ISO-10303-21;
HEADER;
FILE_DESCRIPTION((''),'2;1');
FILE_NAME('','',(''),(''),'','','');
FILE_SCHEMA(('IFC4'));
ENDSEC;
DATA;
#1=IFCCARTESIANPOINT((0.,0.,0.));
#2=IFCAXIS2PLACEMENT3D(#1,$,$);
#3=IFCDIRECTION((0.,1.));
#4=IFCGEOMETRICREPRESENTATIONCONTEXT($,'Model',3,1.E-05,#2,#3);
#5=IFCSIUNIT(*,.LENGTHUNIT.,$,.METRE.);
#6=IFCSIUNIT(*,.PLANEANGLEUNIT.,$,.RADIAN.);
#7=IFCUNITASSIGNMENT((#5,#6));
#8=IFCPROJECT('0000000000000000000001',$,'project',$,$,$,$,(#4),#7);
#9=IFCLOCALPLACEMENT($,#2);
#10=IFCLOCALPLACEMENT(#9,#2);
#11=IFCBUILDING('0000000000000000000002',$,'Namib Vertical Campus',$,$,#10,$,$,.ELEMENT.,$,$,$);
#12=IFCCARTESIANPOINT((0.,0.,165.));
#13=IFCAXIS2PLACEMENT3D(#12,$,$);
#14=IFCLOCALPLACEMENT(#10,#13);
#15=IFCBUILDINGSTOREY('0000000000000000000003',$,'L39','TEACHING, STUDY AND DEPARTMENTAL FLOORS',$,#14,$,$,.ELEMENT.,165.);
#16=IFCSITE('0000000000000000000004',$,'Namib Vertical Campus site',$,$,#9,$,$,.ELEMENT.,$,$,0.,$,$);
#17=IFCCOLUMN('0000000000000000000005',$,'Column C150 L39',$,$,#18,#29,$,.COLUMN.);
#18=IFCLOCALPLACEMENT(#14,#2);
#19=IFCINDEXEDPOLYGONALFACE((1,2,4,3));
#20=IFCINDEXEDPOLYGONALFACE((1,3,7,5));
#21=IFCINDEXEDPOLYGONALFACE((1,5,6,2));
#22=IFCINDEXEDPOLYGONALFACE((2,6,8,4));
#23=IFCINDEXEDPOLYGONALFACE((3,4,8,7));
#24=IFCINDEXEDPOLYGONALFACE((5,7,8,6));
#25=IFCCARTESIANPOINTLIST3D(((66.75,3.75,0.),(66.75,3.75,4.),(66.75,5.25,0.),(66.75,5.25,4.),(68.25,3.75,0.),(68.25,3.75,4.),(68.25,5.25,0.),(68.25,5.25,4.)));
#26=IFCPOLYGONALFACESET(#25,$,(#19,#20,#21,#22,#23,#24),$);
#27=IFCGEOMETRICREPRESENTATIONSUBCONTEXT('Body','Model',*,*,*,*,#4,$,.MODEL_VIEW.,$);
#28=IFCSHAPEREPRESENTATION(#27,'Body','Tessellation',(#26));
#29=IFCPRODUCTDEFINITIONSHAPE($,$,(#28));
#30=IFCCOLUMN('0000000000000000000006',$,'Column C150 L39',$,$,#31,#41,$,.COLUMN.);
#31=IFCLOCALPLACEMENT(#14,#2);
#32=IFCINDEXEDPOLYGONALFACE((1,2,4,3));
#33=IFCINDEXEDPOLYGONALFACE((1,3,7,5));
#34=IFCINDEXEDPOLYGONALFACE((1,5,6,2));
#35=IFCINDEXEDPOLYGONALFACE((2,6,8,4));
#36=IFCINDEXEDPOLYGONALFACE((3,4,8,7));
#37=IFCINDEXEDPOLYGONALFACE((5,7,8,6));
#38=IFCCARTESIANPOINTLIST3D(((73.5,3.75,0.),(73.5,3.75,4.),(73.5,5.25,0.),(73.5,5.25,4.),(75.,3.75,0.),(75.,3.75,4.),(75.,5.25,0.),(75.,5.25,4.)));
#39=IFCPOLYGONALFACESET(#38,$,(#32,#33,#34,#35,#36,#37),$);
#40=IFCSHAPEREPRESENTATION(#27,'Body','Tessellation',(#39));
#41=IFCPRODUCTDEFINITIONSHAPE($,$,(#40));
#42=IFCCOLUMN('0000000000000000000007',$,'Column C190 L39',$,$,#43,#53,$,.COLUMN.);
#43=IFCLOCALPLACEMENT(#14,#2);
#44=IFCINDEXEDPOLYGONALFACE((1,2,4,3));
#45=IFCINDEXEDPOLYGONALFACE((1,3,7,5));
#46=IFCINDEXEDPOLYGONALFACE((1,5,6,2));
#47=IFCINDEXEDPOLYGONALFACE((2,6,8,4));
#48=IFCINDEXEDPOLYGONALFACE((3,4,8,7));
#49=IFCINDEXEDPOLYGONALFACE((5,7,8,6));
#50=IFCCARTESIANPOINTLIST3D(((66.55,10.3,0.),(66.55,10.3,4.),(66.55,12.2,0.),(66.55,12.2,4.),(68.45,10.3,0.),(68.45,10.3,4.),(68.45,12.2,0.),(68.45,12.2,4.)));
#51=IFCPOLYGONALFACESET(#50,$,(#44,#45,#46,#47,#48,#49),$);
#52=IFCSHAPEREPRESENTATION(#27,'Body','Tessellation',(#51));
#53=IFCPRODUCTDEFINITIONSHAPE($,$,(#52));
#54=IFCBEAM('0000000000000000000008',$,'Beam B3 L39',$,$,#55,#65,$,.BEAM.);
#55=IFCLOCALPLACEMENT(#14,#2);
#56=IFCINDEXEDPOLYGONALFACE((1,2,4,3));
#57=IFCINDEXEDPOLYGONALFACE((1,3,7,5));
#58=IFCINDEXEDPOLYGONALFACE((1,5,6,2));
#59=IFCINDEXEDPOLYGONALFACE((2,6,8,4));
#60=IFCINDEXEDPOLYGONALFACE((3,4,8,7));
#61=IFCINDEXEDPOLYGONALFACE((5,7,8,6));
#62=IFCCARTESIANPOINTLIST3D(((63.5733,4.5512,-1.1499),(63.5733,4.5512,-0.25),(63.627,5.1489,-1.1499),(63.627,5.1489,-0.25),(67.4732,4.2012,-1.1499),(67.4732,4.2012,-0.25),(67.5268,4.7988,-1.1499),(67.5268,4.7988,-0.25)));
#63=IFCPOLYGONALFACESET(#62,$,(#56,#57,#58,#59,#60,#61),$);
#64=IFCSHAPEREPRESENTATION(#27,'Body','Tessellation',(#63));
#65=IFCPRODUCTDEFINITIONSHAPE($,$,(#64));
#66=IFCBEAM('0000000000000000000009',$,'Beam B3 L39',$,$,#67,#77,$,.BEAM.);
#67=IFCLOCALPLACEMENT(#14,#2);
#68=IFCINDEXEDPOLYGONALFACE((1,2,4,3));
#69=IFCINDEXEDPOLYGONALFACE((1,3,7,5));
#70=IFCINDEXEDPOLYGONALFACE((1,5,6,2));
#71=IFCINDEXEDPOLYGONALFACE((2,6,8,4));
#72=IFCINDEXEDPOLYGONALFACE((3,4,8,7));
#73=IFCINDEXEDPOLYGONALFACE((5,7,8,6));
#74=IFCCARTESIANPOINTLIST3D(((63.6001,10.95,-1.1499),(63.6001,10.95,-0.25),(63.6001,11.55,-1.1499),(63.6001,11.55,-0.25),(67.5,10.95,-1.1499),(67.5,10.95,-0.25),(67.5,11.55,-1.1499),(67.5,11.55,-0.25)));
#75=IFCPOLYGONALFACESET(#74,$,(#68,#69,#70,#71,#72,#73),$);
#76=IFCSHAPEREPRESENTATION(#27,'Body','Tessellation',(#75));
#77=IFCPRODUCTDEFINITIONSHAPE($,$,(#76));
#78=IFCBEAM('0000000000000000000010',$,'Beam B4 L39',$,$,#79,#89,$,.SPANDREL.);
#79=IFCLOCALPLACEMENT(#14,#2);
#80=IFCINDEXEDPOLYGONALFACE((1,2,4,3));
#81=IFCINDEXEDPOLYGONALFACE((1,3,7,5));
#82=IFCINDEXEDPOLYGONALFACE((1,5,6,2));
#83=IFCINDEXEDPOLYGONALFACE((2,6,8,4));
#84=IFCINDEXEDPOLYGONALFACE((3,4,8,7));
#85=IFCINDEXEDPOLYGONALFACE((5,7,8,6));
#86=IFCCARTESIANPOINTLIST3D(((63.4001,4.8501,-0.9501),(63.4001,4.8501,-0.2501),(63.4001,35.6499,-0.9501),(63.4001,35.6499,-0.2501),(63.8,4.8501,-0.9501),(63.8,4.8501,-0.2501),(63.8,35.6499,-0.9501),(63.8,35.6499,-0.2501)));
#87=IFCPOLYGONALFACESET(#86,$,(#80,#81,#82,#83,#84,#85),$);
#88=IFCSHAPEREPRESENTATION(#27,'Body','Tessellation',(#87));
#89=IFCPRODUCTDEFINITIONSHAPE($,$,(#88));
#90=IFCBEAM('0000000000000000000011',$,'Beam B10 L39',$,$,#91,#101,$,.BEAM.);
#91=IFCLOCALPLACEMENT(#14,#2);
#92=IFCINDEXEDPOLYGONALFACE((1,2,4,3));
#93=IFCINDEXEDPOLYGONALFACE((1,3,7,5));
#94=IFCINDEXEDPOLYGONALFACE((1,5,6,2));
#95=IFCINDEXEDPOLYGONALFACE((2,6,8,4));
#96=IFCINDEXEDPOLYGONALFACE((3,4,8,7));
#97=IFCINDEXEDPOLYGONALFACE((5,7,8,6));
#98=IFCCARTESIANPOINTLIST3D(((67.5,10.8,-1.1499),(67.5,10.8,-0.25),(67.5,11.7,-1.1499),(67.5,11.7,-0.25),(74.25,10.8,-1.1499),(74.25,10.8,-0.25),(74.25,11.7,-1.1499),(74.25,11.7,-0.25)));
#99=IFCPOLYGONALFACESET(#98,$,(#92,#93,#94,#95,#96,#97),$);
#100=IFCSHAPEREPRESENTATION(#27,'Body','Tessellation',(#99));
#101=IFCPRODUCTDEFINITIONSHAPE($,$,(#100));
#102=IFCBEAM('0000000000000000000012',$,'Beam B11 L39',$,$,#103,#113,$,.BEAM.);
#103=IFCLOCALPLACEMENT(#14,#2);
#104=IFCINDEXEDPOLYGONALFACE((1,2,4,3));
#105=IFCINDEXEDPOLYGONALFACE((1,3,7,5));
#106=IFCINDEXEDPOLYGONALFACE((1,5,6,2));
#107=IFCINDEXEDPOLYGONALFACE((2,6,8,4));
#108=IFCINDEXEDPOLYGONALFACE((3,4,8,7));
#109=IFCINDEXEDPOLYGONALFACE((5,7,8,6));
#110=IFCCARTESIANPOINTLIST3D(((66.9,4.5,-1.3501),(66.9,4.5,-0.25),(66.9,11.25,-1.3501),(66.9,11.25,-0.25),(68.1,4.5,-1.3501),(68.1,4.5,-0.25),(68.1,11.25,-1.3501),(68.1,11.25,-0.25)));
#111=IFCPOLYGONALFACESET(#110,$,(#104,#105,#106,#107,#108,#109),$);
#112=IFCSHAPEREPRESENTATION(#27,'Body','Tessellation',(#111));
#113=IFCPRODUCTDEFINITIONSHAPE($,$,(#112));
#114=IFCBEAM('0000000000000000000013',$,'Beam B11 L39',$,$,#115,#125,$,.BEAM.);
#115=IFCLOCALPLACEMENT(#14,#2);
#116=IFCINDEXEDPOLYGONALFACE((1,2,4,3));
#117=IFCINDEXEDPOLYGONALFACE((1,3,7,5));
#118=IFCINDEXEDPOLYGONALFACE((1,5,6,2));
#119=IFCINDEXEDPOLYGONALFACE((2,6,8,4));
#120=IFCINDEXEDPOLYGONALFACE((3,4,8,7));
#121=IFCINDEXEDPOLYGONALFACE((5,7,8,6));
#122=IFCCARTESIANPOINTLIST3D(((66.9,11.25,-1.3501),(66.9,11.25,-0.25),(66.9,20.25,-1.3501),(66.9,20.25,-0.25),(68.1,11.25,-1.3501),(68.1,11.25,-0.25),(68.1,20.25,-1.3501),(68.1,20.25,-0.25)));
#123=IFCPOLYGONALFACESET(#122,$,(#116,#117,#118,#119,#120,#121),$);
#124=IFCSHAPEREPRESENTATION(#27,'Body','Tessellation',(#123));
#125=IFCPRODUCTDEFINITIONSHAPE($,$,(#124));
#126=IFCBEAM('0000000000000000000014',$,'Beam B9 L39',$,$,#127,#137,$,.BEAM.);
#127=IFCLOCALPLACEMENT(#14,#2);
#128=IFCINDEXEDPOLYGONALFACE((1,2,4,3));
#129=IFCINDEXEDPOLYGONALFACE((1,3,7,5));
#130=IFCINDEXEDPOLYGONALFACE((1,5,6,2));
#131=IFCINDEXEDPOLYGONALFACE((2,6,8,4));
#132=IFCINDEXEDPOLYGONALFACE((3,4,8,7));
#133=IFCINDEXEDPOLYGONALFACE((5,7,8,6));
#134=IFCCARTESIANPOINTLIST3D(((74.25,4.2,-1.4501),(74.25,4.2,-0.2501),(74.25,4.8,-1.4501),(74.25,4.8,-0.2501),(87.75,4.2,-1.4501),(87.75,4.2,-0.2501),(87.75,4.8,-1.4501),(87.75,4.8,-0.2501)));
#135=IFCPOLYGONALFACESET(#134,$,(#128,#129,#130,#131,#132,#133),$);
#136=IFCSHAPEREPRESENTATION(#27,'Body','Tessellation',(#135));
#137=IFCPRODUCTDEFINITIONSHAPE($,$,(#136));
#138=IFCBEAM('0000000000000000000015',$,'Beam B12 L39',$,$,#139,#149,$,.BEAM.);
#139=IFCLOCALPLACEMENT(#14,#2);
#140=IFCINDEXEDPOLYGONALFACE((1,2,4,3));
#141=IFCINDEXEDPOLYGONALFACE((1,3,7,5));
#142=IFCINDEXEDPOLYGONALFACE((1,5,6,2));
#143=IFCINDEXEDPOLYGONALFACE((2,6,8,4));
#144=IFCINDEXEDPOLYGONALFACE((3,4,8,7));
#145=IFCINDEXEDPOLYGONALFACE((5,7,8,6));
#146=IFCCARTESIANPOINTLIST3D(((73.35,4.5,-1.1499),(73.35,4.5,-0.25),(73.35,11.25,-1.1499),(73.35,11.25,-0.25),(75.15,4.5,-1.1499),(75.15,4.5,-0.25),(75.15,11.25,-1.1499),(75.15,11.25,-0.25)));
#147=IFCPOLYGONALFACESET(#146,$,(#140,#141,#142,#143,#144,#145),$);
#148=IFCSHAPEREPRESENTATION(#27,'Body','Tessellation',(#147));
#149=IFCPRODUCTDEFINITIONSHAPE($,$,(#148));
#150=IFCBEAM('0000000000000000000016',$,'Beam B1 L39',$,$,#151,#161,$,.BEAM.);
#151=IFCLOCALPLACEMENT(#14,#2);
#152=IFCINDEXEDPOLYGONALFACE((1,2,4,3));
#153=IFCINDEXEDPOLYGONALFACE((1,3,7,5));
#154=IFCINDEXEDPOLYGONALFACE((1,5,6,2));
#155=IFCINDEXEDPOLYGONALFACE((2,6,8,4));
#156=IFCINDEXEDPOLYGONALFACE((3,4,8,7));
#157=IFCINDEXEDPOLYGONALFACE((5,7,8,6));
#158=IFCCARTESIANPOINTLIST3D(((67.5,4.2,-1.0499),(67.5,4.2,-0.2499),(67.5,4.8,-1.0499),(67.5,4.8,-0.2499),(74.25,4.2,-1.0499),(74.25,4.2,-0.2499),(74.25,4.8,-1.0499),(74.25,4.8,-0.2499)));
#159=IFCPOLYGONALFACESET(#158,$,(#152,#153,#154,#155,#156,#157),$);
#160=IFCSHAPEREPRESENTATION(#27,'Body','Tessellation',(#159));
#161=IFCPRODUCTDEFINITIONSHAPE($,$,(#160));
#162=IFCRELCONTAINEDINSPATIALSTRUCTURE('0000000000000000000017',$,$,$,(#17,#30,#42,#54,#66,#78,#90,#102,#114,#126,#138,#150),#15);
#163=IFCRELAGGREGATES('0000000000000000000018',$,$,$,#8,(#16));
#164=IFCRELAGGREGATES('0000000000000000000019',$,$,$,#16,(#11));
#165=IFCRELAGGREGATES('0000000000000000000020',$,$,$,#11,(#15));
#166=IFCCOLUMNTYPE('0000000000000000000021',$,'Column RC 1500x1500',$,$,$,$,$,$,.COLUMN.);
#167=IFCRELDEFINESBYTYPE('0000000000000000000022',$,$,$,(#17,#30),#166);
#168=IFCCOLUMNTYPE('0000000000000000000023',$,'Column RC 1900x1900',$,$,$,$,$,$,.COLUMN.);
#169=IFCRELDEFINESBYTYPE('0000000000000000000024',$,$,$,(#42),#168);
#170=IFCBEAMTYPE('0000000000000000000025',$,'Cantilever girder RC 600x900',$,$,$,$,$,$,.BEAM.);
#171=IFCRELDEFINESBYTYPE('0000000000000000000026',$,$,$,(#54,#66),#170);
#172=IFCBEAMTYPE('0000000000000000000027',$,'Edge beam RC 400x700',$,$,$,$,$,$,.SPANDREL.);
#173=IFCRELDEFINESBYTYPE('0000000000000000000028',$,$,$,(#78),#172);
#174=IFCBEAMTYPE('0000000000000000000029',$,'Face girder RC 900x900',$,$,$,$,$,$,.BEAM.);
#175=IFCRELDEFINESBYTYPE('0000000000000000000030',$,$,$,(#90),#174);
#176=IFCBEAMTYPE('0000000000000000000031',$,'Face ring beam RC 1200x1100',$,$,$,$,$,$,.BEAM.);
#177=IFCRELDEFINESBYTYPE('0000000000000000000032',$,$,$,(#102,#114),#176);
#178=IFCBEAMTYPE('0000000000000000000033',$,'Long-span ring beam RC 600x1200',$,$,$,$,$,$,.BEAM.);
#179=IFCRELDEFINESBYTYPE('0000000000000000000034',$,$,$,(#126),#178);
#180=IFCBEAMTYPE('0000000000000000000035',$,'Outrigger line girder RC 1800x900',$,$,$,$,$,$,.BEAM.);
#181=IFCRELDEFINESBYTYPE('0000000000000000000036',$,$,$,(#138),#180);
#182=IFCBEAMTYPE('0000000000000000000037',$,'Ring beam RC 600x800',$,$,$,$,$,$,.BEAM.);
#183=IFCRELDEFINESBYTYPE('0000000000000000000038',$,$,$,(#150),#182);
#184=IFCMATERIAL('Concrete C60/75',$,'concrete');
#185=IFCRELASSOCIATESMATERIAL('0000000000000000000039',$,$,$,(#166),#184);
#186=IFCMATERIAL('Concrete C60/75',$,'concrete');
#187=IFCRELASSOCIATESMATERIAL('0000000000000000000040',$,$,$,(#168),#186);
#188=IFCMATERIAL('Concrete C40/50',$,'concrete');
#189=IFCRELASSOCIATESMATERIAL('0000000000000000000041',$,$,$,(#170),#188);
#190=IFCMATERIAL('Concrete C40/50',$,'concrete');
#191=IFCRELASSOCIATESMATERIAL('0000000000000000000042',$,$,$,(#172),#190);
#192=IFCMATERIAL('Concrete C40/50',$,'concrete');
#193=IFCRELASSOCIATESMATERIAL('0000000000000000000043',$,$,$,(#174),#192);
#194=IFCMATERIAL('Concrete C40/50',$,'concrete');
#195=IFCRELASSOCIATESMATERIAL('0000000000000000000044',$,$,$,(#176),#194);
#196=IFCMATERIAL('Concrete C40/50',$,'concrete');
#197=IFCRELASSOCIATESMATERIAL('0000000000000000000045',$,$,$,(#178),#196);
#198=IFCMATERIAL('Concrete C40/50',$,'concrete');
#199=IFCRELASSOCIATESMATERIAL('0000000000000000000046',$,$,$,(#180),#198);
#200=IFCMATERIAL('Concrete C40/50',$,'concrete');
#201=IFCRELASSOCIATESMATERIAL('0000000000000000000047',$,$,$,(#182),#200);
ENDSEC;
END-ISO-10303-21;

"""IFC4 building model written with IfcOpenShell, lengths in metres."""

from ifc_helpers import new_model, si_unit, direction, frame, origin, origin_2d, place, context, subcontext, project, spatial, rectangle, extrude, material, material_profile, profile_set, type_object, element, save


model = new_model("IFC4")

# Units and contexts
model_context = context("Model", 3, precision=1e-05, world=origin(), true_north=direction((0.0, 1.0)))
body_context = subcontext(model_context, "Body", "Model", "MODEL_VIEW")
ifc_project = project(units=[si_unit("LENGTHUNIT", "METRE"), si_unit("PLANEANGLEUNIT", "RADIAN")], contexts=[model_context])

# Site, building, storey
site_placement = place(None, origin())
site = spatial("IfcSite", under=ifc_project, at=site_placement, Name="Namib Vertical Campus site", CompositionType="ELEMENT", RefElevation=0.0)
building_placement = place(site_placement, origin())
building = spatial("IfcBuilding", under=site, at=building_placement, Name="Namib Vertical Campus", CompositionType="ELEMENT")
storey_placement = place(building_placement, frame((0.0, 0.0, 165.0)))
storey = spatial("IfcBuildingStorey", under=building, at=storey_placement, Name="L39", Description="TEACHING, STUDY AND DEPARTMENTAL FLOORS", CompositionType="ELEMENT", Elevation=165.0)

# Columns
ifc_material_1 = material(Name="Concrete C60/75", Category="concrete")
ifc_material_profile_1 = material_profile(ifc_material_1, rectangle(XDim=1.5, YDim=1.5, at=origin_2d()))
ifc_profile_set_1 = profile_set([ifc_material_profile_1], Name="Concrete C60/75")
column_type_1 = type_object("IfcColumnType", Name="Column RC 1500x1500", PredefinedType="COLUMN", material=ifc_profile_set_1)
for number, where, z_axis, x_axis, name in (
    (1, (67.5, 4.5, 0.0), (0.0, 0.0, 1.0), (1.0, 0.0, 0.0), "Column C150 L39"),
    (2, (74.25, 4.5, 0.0), (0.0, 0.0, 1.0), (1.0, 0.0, 0.0), "Column C150 L39"),
):
    element("IfcColumn", number, at=place(storey_placement, frame(where, z_axis=z_axis, x_axis=x_axis)), inside=storey, type_object=column_type_1, Name=name, PredefinedType="COLUMN", context=body_context, shape_type="SweptSolid", body=[
        extrude(rectangle(XDim=1.5, YDim=1.5, at=origin_2d()), origin(), (0.0, 0.0, 1.0), 4.0),
    ])
ifc_material_2 = material(Name="Concrete C60/75", Category="concrete")
ifc_material_profile_2 = material_profile(ifc_material_2, rectangle(XDim=1.8999, YDim=1.8999, at=origin_2d()))
ifc_profile_set_2 = profile_set([ifc_material_profile_2], Name="Concrete C60/75")
column_type_2 = type_object("IfcColumnType", Name="Column RC 1900x1900", PredefinedType="COLUMN", material=ifc_profile_set_2)
column_placement = place(storey_placement, frame((67.5, 11.25, 0.0), z_axis=(0.0, 0.0, 1.0), x_axis=(1.0, 0.0, 0.0)))
element("IfcColumn", 3, at=column_placement, inside=storey, type_object=column_type_2, Name="Column C190 L39", PredefinedType="COLUMN", context=body_context, shape_type="SweptSolid", body=[
    extrude(rectangle(XDim=1.8999, YDim=1.8999, at=origin_2d()), origin(), (0.0, 0.0, 1.0), 4.0),
])

# Beams
ifc_material_3 = material(Name="Concrete C40/50", Category="concrete")
ifc_material_profile_3 = material_profile(ifc_material_3, rectangle(XDim=0.6001, YDim=0.8999, at=origin_2d()))
ifc_profile_set_3 = profile_set([ifc_material_profile_3], Name="Concrete C40/50")
beam_type_1 = type_object("IfcBeamType", Name="Cantilever girder RC 600x900", PredefinedType="BEAM", material=ifc_profile_set_3)
beam_1_placement = place(storey_placement, frame((67.5, 4.5, -0.7), z_axis=(-0.995995, 0.089411, 0.0), x_axis=(-0.089411, -0.995995, 0.0)))
element("IfcBeam", 4, at=beam_1_placement, inside=storey, type_object=beam_type_1, Name="Beam B3 L39", PredefinedType="BEAM", context=body_context, shape_type="SweptSolid", body=[
    extrude(rectangle(XDim=0.6001, YDim=0.8999, at=origin_2d()), origin(), (0.0, 0.0, 1.0), 3.9155),
])
beam_2_placement = place(storey_placement, frame((67.5, 11.25, -0.7), z_axis=(-1.0, 0.0, 0.0), x_axis=(0.0, -1.0, 0.0)))
element("IfcBeam", 5, at=beam_2_placement, inside=storey, type_object=beam_type_1, Name="Beam B3 L39", PredefinedType="BEAM", context=body_context, shape_type="SweptSolid", body=[
    extrude(rectangle(XDim=0.6001, YDim=0.8999, at=origin_2d()), origin(), (0.0, 0.0, 1.0), 3.8999),
])
ifc_material_4 = material(Name="Concrete C40/50", Category="concrete")
ifc_material_profile_4 = material_profile(ifc_material_4, rectangle(XDim=0.3999, YDim=0.7, at=origin_2d()))
ifc_profile_set_4 = profile_set([ifc_material_profile_4], Name="Concrete C40/50")
beam_type_2 = type_object("IfcBeamType", Name="Edge beam RC 400x700", PredefinedType="SPANDREL", material=ifc_profile_set_4)
beam_3_placement = place(storey_placement, frame((63.6001, 4.8501, -0.6001), z_axis=(0.0, 1.0, 0.0), x_axis=(-1.0, 0.0, 0.0)))
element("IfcBeam", 6, at=beam_3_placement, inside=storey, type_object=beam_type_2, Name="Beam B4 L39", PredefinedType="SPANDREL", context=body_context, shape_type="SweptSolid", body=[
    extrude(rectangle(XDim=0.3999, YDim=0.7, at=origin_2d()), origin(), (0.0, 0.0, 1.0), 30.7998),
])
ifc_material_5 = material(Name="Concrete C40/50", Category="concrete")
ifc_material_profile_5 = material_profile(ifc_material_5, rectangle(XDim=0.8999, YDim=0.8999, at=origin_2d()))
ifc_profile_set_5 = profile_set([ifc_material_profile_5], Name="Concrete C40/50")
beam_type_3 = type_object("IfcBeamType", Name="Face girder RC 900x900", PredefinedType="BEAM", material=ifc_profile_set_5)
beam_4_placement = place(storey_placement, frame((67.5, 11.25, -0.7), z_axis=(1.0, 0.0, 0.0), x_axis=(0.0, 1.0, 0.0)))
element("IfcBeam", 7, at=beam_4_placement, inside=storey, type_object=beam_type_3, Name="Beam B10 L39", PredefinedType="BEAM", context=body_context, shape_type="SweptSolid", body=[
    extrude(rectangle(XDim=0.8999, YDim=0.8999, at=origin_2d()), origin(), (0.0, 0.0, 1.0), 6.75),
])
ifc_material_6 = material(Name="Concrete C40/50", Category="concrete")
ifc_material_profile_6 = material_profile(ifc_material_6, rectangle(XDim=1.2, YDim=1.1001, at=origin_2d()))
ifc_profile_set_6 = profile_set([ifc_material_profile_6], Name="Concrete C40/50")
beam_type_4 = type_object("IfcBeamType", Name="Face ring beam RC 1200x1100", PredefinedType="BEAM", material=ifc_profile_set_6)
beam_5_placement = place(storey_placement, frame((67.5, 4.5, -0.8), z_axis=(0.0, 1.0, 0.0), x_axis=(-1.0, 0.0, 0.0)))
element("IfcBeam", 8, at=beam_5_placement, inside=storey, type_object=beam_type_4, Name="Beam B11 L39", PredefinedType="BEAM", context=body_context, shape_type="SweptSolid", body=[
    extrude(rectangle(XDim=1.2, YDim=1.1001, at=origin_2d()), origin(), (0.0, 0.0, 1.0), 6.75),
])
beam_6_placement = place(storey_placement, frame((67.5, 11.25, -0.8), z_axis=(0.0, 1.0, 0.0), x_axis=(-1.0, 0.0, 0.0)))
element("IfcBeam", 9, at=beam_6_placement, inside=storey, type_object=beam_type_4, Name="Beam B11 L39", PredefinedType="BEAM", context=body_context, shape_type="SweptSolid", body=[
    extrude(rectangle(XDim=1.2, YDim=1.1001, at=origin_2d()), origin(), (0.0, 0.0, 1.0), 9.0),
])
ifc_material_7 = material(Name="Concrete C40/50", Category="concrete")
ifc_material_profile_7 = material_profile(ifc_material_7, rectangle(XDim=0.6001, YDim=1.2, at=origin_2d()))
ifc_profile_set_7 = profile_set([ifc_material_profile_7], Name="Concrete C40/50")
beam_type_5 = type_object("IfcBeamType", Name="Long-span ring beam RC 600x1200", PredefinedType="BEAM", material=ifc_profile_set_7)
beam_7_placement = place(storey_placement, frame((74.25, 4.5, -0.8501), z_axis=(1.0, 0.0, 0.0), x_axis=(0.0, 1.0, 0.0)))
element("IfcBeam", 10, at=beam_7_placement, inside=storey, type_object=beam_type_5, Name="Beam B9 L39", PredefinedType="BEAM", context=body_context, shape_type="SweptSolid", body=[
    extrude(rectangle(XDim=0.6001, YDim=1.2, at=origin_2d()), origin(), (0.0, 0.0, 1.0), 13.5),
])
ifc_material_8 = material(Name="Concrete C40/50", Category="concrete")
ifc_material_profile_8 = material_profile(ifc_material_8, rectangle(XDim=1.8, YDim=0.8999, at=origin_2d()))
ifc_profile_set_8 = profile_set([ifc_material_profile_8], Name="Concrete C40/50")
beam_type_6 = type_object("IfcBeamType", Name="Outrigger line girder RC 1800x900", PredefinedType="BEAM", material=ifc_profile_set_8)
beam_8_placement = place(storey_placement, frame((74.25, 4.5, -0.7), z_axis=(0.0, 1.0, 0.0), x_axis=(-1.0, 0.0, 0.0)))
element("IfcBeam", 11, at=beam_8_placement, inside=storey, type_object=beam_type_6, Name="Beam B12 L39", PredefinedType="BEAM", context=body_context, shape_type="SweptSolid", body=[
    extrude(rectangle(XDim=1.8, YDim=0.8999, at=origin_2d()), origin(), (0.0, 0.0, 1.0), 6.75),
])
ifc_material_9 = material(Name="Concrete C40/50", Category="concrete")
ifc_material_profile_9 = material_profile(ifc_material_9, rectangle(XDim=0.6001, YDim=0.8, at=origin_2d()))
ifc_profile_set_9 = profile_set([ifc_material_profile_9], Name="Concrete C40/50")
beam_type_7 = type_object("IfcBeamType", Name="Ring beam RC 600x800", PredefinedType="BEAM", material=ifc_profile_set_9)
beam_9_placement = place(storey_placement, frame((67.5, 4.5, -0.6499), z_axis=(1.0, 0.0, 0.0), x_axis=(0.0, 1.0, 0.0)))
element("IfcBeam", 12, at=beam_9_placement, inside=storey, type_object=beam_type_7, Name="Beam B1 L39", PredefinedType="BEAM", context=body_context, shape_type="SweptSolid", body=[
    extrude(rectangle(XDim=0.6001, YDim=0.8, at=origin_2d()), origin(), (0.0, 0.0, 1.0), 6.75),
])

save(model, "model.ifc")
